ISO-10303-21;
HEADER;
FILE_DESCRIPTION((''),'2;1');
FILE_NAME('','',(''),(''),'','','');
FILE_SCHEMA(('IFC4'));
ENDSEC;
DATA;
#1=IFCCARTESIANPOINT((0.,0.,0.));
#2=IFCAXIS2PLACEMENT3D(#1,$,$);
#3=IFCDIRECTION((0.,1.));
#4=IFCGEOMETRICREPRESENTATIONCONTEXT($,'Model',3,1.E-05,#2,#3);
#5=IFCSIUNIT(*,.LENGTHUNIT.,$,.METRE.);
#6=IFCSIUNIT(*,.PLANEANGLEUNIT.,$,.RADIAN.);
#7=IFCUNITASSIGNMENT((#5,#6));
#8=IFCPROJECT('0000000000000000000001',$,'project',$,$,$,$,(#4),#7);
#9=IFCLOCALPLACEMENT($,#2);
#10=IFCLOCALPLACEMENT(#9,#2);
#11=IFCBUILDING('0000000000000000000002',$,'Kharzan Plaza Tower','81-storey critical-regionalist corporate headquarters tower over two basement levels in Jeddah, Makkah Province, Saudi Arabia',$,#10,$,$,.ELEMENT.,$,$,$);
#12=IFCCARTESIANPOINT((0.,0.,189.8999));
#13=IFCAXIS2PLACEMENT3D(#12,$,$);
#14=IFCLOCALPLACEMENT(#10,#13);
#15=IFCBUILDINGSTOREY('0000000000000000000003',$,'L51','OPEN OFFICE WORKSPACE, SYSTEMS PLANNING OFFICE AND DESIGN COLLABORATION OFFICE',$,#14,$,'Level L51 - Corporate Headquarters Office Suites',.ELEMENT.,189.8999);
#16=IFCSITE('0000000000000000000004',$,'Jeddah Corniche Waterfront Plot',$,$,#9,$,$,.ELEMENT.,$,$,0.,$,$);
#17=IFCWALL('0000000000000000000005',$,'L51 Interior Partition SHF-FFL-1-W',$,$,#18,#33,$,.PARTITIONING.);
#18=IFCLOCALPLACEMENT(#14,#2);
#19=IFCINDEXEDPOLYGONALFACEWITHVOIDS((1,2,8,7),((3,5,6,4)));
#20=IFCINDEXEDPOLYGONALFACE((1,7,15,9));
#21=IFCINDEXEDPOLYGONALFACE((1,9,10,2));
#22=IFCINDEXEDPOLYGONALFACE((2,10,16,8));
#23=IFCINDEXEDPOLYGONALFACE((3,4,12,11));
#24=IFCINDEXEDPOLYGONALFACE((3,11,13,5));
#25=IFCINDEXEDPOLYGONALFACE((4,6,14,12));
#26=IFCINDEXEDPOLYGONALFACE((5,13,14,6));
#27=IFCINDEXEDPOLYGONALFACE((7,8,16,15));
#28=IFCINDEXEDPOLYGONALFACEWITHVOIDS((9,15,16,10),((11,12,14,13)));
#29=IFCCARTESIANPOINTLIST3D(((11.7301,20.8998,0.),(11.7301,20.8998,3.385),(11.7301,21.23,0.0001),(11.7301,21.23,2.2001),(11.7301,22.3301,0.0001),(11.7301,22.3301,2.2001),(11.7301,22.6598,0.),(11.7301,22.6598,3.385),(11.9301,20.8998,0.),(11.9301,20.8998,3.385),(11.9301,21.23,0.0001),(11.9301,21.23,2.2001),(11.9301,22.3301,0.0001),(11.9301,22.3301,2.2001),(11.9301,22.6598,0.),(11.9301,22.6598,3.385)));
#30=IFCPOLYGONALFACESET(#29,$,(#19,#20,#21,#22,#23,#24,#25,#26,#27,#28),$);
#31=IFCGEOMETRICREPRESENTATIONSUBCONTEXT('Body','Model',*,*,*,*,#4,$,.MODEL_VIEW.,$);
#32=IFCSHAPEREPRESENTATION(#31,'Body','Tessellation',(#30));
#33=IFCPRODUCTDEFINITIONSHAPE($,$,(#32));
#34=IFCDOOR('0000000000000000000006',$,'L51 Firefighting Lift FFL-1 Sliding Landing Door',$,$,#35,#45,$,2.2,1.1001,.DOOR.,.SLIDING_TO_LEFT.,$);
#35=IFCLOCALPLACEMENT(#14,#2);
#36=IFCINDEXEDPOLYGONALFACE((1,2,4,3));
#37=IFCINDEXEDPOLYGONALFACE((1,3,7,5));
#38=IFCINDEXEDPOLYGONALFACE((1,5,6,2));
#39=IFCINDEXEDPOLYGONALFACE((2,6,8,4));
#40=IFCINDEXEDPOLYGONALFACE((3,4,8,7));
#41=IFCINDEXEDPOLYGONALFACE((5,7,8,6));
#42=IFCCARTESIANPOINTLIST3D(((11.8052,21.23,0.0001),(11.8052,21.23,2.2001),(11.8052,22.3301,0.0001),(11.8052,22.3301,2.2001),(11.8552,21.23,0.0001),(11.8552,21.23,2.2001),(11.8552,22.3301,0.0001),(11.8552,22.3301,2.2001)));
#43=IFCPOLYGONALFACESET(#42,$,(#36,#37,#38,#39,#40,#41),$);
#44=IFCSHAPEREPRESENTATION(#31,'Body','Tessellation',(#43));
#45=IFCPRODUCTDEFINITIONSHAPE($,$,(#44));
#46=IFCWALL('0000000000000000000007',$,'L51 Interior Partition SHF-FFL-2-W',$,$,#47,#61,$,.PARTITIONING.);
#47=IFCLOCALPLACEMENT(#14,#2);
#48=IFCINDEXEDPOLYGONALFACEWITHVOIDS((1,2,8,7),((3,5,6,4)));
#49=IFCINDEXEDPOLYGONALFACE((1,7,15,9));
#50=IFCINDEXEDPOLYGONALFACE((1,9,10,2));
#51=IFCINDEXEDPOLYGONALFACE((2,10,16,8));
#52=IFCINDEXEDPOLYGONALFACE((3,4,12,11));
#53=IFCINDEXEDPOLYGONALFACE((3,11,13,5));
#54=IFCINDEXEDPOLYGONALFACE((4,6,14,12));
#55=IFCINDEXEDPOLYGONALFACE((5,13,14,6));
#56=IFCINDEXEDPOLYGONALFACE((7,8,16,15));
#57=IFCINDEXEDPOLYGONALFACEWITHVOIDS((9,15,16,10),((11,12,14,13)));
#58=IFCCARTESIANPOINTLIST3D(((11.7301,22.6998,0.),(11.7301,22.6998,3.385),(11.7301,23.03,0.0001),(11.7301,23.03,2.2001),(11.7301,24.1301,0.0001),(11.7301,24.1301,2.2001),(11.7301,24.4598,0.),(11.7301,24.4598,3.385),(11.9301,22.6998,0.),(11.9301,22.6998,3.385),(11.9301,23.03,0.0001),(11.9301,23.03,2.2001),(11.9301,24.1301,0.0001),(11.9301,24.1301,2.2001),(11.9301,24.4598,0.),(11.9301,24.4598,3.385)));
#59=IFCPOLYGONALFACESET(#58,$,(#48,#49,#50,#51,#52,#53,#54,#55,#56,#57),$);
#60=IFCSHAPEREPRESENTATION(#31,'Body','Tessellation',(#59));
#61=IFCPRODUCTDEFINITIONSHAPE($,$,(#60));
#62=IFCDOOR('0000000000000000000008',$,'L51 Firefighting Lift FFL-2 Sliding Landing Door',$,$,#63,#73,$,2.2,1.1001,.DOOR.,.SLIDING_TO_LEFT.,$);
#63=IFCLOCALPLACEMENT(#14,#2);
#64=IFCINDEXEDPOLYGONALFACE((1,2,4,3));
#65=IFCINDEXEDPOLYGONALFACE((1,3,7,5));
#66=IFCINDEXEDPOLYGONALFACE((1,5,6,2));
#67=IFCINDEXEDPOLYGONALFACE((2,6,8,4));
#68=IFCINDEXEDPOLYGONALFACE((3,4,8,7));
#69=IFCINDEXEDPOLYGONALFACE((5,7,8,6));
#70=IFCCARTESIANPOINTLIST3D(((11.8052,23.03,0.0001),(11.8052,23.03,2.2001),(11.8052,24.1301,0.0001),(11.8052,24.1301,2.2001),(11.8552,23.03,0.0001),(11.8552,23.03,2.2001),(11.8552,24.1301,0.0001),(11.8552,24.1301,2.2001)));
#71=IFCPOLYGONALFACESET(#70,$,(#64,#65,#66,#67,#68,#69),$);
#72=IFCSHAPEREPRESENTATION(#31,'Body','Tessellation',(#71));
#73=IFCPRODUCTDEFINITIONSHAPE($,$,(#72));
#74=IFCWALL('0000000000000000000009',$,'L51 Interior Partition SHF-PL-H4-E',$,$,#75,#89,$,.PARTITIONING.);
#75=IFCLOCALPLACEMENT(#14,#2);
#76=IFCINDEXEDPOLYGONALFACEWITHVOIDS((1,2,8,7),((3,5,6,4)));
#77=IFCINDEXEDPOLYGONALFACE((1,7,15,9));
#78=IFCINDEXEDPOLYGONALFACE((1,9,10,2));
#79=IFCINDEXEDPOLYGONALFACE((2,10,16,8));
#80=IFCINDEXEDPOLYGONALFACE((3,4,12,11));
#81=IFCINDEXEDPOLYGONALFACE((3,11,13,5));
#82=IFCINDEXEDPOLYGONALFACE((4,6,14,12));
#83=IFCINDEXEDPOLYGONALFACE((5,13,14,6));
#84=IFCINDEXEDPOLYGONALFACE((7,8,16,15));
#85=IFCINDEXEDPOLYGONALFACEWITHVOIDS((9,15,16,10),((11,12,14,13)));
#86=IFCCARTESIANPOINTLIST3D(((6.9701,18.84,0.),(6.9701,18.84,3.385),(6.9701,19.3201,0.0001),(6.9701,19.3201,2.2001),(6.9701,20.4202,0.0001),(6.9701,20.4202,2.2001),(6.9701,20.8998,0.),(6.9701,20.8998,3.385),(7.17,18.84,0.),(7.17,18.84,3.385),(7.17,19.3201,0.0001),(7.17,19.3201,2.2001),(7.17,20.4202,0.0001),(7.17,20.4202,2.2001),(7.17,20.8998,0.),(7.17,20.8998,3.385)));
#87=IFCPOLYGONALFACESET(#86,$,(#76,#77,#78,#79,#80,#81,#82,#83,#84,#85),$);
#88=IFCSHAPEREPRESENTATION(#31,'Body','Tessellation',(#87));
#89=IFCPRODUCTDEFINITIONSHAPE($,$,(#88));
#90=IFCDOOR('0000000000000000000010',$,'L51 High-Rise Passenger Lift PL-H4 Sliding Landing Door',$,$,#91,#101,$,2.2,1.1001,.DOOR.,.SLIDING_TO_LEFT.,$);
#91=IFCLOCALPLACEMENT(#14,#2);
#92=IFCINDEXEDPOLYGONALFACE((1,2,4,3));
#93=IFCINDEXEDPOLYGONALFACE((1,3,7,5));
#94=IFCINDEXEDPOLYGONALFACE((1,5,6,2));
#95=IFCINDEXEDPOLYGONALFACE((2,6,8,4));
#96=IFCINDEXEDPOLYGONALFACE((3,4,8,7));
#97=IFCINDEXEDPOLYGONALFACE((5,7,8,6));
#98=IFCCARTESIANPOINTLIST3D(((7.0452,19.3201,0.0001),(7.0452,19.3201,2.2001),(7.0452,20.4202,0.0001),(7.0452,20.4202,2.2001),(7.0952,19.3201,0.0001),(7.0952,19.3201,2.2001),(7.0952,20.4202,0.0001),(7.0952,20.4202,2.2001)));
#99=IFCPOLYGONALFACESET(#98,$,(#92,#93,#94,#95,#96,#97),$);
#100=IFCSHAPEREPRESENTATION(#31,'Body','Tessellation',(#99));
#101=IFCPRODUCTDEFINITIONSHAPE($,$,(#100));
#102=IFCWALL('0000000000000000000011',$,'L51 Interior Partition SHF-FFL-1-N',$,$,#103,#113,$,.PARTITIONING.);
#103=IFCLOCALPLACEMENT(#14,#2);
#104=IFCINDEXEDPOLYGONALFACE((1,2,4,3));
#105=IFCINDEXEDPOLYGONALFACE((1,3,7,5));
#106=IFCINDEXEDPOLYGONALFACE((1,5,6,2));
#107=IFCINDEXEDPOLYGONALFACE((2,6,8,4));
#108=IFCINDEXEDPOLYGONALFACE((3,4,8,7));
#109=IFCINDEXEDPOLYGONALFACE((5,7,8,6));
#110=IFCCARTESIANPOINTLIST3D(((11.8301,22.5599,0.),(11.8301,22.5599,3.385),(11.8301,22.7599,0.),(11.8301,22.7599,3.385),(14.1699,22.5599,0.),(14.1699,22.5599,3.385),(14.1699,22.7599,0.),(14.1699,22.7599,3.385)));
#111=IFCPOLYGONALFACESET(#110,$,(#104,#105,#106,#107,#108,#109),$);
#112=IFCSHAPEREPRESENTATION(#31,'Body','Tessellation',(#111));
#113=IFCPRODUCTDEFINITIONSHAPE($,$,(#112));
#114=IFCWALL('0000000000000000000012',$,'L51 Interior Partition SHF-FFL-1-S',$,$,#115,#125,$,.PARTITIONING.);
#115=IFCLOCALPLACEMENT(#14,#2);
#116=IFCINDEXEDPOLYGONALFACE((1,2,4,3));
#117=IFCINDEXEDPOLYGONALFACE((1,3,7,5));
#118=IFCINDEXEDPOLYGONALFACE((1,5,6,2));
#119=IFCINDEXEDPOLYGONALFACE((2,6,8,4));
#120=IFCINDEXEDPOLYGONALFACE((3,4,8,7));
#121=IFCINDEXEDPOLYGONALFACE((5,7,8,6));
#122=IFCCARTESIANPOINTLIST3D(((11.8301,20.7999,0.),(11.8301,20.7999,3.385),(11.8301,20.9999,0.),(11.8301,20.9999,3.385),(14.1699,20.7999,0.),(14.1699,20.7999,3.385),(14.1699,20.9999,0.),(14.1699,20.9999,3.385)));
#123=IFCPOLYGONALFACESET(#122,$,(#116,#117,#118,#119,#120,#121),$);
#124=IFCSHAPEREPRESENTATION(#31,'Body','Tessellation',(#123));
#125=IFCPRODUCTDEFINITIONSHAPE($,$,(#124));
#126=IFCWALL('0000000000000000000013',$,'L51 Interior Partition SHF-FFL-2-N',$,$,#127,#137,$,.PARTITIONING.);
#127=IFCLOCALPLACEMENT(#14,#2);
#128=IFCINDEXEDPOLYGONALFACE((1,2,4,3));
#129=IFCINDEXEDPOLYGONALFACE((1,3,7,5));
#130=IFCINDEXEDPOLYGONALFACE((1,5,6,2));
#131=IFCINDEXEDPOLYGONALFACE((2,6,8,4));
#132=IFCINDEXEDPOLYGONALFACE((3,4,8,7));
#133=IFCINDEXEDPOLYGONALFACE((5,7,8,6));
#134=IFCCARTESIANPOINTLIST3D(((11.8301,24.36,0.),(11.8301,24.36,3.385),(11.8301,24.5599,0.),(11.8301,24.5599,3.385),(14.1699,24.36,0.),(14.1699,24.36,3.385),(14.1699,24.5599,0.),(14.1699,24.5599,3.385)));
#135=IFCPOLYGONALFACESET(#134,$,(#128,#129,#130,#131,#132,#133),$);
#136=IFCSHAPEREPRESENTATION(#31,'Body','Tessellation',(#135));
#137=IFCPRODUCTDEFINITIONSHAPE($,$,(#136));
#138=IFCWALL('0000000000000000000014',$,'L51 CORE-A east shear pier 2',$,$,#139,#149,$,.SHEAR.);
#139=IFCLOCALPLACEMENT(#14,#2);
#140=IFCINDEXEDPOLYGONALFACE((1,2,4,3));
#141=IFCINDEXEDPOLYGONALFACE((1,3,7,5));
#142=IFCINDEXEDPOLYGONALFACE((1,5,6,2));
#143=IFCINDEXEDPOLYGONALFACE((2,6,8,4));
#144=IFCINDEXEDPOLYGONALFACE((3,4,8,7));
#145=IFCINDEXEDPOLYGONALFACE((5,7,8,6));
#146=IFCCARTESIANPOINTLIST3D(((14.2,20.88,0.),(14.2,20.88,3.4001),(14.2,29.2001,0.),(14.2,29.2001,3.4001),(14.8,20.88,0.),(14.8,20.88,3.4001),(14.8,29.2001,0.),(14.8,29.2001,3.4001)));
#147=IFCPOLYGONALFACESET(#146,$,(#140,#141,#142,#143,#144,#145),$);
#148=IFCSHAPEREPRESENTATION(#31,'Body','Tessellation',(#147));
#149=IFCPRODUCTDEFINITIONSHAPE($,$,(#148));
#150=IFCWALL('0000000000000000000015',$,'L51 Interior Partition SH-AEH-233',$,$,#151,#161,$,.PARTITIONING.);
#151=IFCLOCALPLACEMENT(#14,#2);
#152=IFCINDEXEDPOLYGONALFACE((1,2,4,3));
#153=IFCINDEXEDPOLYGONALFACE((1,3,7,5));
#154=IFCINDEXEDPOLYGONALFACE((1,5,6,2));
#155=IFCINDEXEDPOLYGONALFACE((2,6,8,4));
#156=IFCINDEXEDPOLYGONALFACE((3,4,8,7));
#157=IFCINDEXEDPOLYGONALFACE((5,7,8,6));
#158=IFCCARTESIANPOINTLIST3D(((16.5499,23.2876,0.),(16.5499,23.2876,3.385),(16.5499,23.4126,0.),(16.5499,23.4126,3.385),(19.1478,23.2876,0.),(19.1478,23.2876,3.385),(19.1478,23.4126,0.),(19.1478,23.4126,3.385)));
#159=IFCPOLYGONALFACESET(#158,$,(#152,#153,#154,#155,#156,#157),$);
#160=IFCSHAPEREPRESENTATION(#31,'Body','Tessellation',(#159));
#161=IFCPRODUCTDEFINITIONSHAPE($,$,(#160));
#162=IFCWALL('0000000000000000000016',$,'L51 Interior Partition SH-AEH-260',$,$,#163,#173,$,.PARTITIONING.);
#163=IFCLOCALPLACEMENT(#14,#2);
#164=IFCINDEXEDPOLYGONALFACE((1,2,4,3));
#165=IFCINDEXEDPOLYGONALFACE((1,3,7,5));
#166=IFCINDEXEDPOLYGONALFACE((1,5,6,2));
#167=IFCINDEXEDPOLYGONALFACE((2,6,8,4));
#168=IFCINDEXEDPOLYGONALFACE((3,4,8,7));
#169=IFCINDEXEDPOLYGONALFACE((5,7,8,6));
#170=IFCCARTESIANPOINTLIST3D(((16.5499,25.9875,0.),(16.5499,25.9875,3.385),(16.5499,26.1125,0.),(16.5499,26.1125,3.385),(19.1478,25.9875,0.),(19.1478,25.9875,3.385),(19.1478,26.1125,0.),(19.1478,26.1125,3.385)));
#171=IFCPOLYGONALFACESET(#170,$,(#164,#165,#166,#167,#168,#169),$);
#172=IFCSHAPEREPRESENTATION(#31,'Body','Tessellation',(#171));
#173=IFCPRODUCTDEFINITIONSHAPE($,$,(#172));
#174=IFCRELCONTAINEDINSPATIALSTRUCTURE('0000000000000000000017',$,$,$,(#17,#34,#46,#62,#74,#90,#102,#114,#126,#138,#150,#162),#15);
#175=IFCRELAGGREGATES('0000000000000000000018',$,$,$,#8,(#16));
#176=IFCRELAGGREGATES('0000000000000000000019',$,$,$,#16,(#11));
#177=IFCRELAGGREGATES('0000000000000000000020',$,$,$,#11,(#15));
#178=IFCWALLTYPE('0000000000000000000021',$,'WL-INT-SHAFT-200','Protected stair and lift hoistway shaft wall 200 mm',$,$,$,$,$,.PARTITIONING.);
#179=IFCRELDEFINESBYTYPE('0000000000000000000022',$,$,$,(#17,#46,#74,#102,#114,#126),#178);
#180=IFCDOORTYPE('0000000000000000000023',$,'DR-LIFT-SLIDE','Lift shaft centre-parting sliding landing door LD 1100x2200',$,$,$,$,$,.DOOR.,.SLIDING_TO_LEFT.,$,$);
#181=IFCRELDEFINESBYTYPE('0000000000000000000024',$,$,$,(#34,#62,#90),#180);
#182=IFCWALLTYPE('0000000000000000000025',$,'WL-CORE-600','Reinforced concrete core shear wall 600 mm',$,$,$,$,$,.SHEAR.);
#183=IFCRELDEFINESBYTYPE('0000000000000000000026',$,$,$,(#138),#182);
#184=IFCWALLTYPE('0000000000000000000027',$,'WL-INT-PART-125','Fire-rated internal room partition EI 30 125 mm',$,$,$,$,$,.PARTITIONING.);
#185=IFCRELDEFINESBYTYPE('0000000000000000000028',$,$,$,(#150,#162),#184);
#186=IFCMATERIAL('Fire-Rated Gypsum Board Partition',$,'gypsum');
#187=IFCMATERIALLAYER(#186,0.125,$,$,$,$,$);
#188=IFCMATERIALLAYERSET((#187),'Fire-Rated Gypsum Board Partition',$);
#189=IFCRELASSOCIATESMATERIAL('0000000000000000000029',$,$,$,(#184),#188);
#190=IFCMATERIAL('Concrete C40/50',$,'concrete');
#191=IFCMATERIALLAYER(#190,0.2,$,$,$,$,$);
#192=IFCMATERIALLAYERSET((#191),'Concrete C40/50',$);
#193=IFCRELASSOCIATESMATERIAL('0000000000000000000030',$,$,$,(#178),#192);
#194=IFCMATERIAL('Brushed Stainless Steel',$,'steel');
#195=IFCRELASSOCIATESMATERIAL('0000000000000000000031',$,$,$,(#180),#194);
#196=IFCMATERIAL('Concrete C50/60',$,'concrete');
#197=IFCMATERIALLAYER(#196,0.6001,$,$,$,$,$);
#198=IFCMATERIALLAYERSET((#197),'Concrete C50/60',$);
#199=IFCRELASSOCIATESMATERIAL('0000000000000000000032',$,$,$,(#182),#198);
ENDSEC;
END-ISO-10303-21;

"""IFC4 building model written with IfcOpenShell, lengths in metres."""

from ifc_helpers import new_model, si_unit, direction, frame, frame_2d, origin, place, context, subcontext, project, spatial, rectangle, extrude, source, transform, mapped, material, layer, layer_set, type_object, element, fill, save


model = new_model("IFC4")

# Units and contexts
model_context = context("Model", 3, precision=1e-05, world=origin(), true_north=direction((0.0, 1.0)))
body_context = subcontext(model_context, "Body", "Model", "MODEL_VIEW")
ifc_project = project(units=[si_unit("LENGTHUNIT", "METRE"), si_unit("PLANEANGLEUNIT", "RADIAN")], contexts=[model_context])

# Site, building, storey
site_placement = place(None, origin())
site = spatial("IfcSite", under=ifc_project, at=site_placement, Name="Jeddah Corniche Waterfront Plot", CompositionType="ELEMENT", RefElevation=0.0)
building_placement = place(site_placement, origin())
building = spatial("IfcBuilding", under=site, at=building_placement, Name="Kharzan Plaza Tower", Description="81-storey critical-regionalist corporate headquarters tower over two basement levels in Jeddah, Makkah Province, Saudi Arabia", CompositionType="ELEMENT")
storey_placement = place(building_placement, frame((0.0, 0.0, 189.8999)))
storey = spatial("IfcBuildingStorey", under=building, at=storey_placement, Name="L51", Description="OPEN OFFICE WORKSPACE, SYSTEMS PLANNING OFFICE AND DESIGN COLLABORATION OFFICE", LongName="Level L51 - Corporate Headquarters Office Suites", CompositionType="ELEMENT", Elevation=189.8999)

# Walls, openings, doors
ifc_material_1 = material(Name="Concrete C40/50", Category="concrete")
ifc_material_2 = material(Name="Fire-Rated Gypsum Board Partition", Category="gypsum")
ifc_layer_1 = layer(ifc_material_2, 0.125)
ifc_layer_set_1 = layer_set([ifc_layer_1], Name="Fire-Rated Gypsum Board Partition")
wall_type_1 = type_object("IfcWallType", Name="WL-INT-PART-125", Description="Fire-rated internal room partition EI 30 125 mm", PredefinedType="PARTITIONING", material=ifc_layer_set_1)
ifc_layer_2 = layer(ifc_material_1, 0.2)
ifc_layer_set_2 = layer_set([ifc_layer_2], Name="Concrete C40/50")
wall_type_2 = type_object("IfcWallType", Name="WL-INT-SHAFT-200", Description="Protected stair and lift hoistway shaft wall 200 mm", PredefinedType="PARTITIONING", material=ifc_layer_set_2)
wall_1_placement = place(storey_placement, frame((11.8301, 20.8999, 0.0), z_axis=(0.0, 0.0, 1.0), x_axis=(0.0, 1.0, 0.0)))
wall_1 = element("IfcWall", 1, at=wall_1_placement, inside=storey, type_object=wall_type_2, Name="L51 Interior Partition SHF-FFL-1-W", PredefinedType="PARTITIONING", context=body_context, shape_type="SweptSolid", body=[
    extrude(rectangle(XDim=1.76, YDim=0.2, at=frame_2d((0.8799, 0.0))), origin(), (0.0, 0.0, 1.0), 3.385),
])
opening_1_placement = place(wall_1_placement, frame((0.3301, 0.0, 0.0)))
opening_1 = element("IfcOpeningElement", 2, at=opening_1_placement, cuts=wall_1, PredefinedType="OPENING", context=body_context, shape_type="SweptSolid", body=[
    extrude(rectangle(XDim=1.1001, YDim=2.2, at=frame_2d((0.55, 1.1001))), frame((0.0, 0.1099, 0.0), z_axis=(0.0, -1.0, 0.0), x_axis=(1.0, 0.0, 0.0)), (0.0, 0.0, 1.0), 0.22),
])
ifc_material_3 = material(Name="Brushed Stainless Steel", Category="steel")
door_type_1 = type_object("IfcDoorType", Name="DR-LIFT-SLIDE", Description="Lift shaft centre-parting sliding landing door LD 1100x2200", OperationType="SLIDING_TO_LEFT", PredefinedType="DOOR", material=ifc_material_3)
shared_shape_1 = source(origin(), body_context, "Body", "SweptSolid", [
    extrude(rectangle(XDim=1.1001, YDim=2.2, at=frame_2d((0.55, 1.1001))), frame((0.0, 0.0249, 0.0), z_axis=(0.0, -1.0, 0.0), x_axis=(1.0, 0.0, 0.0)), (0.0, 0.0, 1.0), 0.05),
])
door_1_placement = place(opening_1_placement, origin())
door_1 = element("IfcDoor", 3, at=door_1_placement, inside=storey, type_object=door_type_1, Name="L51 Firefighting Lift FFL-1 Sliding Landing Door", OperationType="SLIDING_TO_LEFT", OverallHeight=2.2, OverallWidth=1.1001, PredefinedType="DOOR", context=body_context, shape_type="MappedRepresentation", body=[
    mapped(shared_shape_1, transform((0.0, 0.0, 0.0), x_axis=(1.0, 0.0, 0.0), y_axis=(0.0, 1.0, 0.0), z_axis=(0.0, 0.0, 1.0))),
])
fill(opening_1, door_1)
wall_2_placement = place(storey_placement, frame((11.8301, 22.7, 0.0), z_axis=(0.0, 0.0, 1.0), x_axis=(0.0, 1.0, 0.0)))
wall_2 = element("IfcWall", 4, at=wall_2_placement, inside=storey, type_object=wall_type_2, Name="L51 Interior Partition SHF-FFL-2-W", PredefinedType="PARTITIONING", context=body_context, shape_type="SweptSolid", body=[
    extrude(rectangle(XDim=1.76, YDim=0.2, at=frame_2d((0.8799, 0.0))), origin(), (0.0, 0.0, 1.0), 3.385),
])
opening_2_placement = place(wall_2_placement, frame((0.3301, 0.0, 0.0)))
opening_2 = element("IfcOpeningElement", 5, at=opening_2_placement, cuts=wall_2, PredefinedType="OPENING", context=body_context, shape_type="SweptSolid", body=[
    extrude(rectangle(XDim=1.1001, YDim=2.2, at=frame_2d((0.55, 1.1001))), frame((0.0, 0.1099, 0.0), z_axis=(0.0, -1.0, 0.0), x_axis=(1.0, 0.0, 0.0)), (0.0, 0.0, 1.0), 0.22),
])
door_2_placement = place(opening_2_placement, origin())
door_2 = element("IfcDoor", 6, at=door_2_placement, inside=storey, type_object=door_type_1, Name="L51 Firefighting Lift FFL-2 Sliding Landing Door", OperationType="SLIDING_TO_LEFT", OverallHeight=2.2, OverallWidth=1.1001, PredefinedType="DOOR", context=body_context, shape_type="MappedRepresentation", body=[
    mapped(shared_shape_1, transform((0.0, 0.0, 0.0), x_axis=(1.0, 0.0, 0.0), y_axis=(0.0, 1.0, 0.0), z_axis=(0.0, 0.0, 1.0))),
])
fill(opening_2, door_2)
wall_3_placement = place(storey_placement, frame((7.0701, 18.8401, 0.0), z_axis=(0.0, 0.0, 1.0), x_axis=(0.0, 1.0, 0.0)))
wall_3 = element("IfcWall", 7, at=wall_3_placement, inside=storey, type_object=wall_type_2, Name="L51 Interior Partition SHF-PL-H4-E", PredefinedType="PARTITIONING", context=body_context, shape_type="SweptSolid", body=[
    extrude(rectangle(XDim=2.0598, YDim=0.2, at=frame_2d((1.0298, 0.0))), origin(), (0.0, 0.0, 1.0), 3.385),
])
opening_3_placement = place(wall_3_placement, frame((0.48, 0.0, 0.0)))
opening_3 = element("IfcOpeningElement", 8, at=opening_3_placement, cuts=wall_3, PredefinedType="OPENING", context=body_context, shape_type="SweptSolid", body=[
    extrude(rectangle(XDim=1.1001, YDim=2.2, at=frame_2d((0.55, 1.1001))), frame((0.0, 0.1099, 0.0), z_axis=(0.0, -1.0, 0.0), x_axis=(1.0, 0.0, 0.0)), (0.0, 0.0, 1.0), 0.22),
])
door_3_placement = place(opening_3_placement, origin())
door_3 = element("IfcDoor", 9, at=door_3_placement, inside=storey, type_object=door_type_1, Name="L51 High-Rise Passenger Lift PL-H4 Sliding Landing Door", OperationType="SLIDING_TO_LEFT", OverallHeight=2.2, OverallWidth=1.1001, PredefinedType="DOOR", context=body_context, shape_type="MappedRepresentation", body=[
    mapped(shared_shape_1, transform((0.0, 0.0, 0.0), x_axis=(1.0, 0.0, 0.0), y_axis=(0.0, 1.0, 0.0), z_axis=(0.0, 0.0, 1.0))),
])
fill(opening_3, door_3)

# Walls
shared_shape_2 = source(origin(), body_context, "Body", "SweptSolid", [
    extrude(rectangle(XDim=2.3398, YDim=0.2, at=frame_2d((1.1699, 0.0))), origin(), (0.0, 0.0, 1.0), 3.385),
])
for number, where, z_axis, x_axis, name in (
    (10, (11.8301, 22.6599, 0.0), (0.0, 0.0, 1.0), (1.0, 0.0, 0.0), "L51 Interior Partition SHF-FFL-1-N"),
    (11, (11.8301, 20.8999, 0.0), (0.0, 0.0, 1.0), (1.0, 0.0, 0.0), "L51 Interior Partition SHF-FFL-1-S"),
    (12, (11.8301, 24.46, 0.0), (0.0, 0.0, 1.0), (1.0, 0.0, 0.0), "L51 Interior Partition SHF-FFL-2-N"),
):
    element("IfcWall", number, at=place(storey_placement, frame(where, z_axis=z_axis, x_axis=x_axis)), inside=storey, type_object=wall_type_2, Name=name, PredefinedType="PARTITIONING", context=body_context, shape_type="MappedRepresentation", body=[
        mapped(shared_shape_2, transform((0.0, 0.0, 0.0), x_axis=(1.0, 0.0, 0.0), y_axis=(0.0, 1.0, 0.0), z_axis=(0.0, 0.0, 1.0))),
    ])
ifc_material_4 = material(Name="Concrete C50/60", Category="concrete")
ifc_layer_3 = layer(ifc_material_4, 0.6001)
ifc_layer_set_3 = layer_set([ifc_layer_3], Name="Concrete C50/60")
wall_type_3 = type_object("IfcWallType", Name="WL-CORE-600", Description="Reinforced concrete core shear wall 600 mm", PredefinedType="SHEAR", material=ifc_layer_set_3)
shared_shape_3 = source(origin(), body_context, "Body", "SweptSolid", [
    extrude(rectangle(XDim=8.3201, YDim=0.6001, at=frame_2d((4.1602, 0.0))), origin(), (0.0, 0.0, 1.0), 3.4001),
])
wall_4_placement = place(storey_placement, frame((14.5, 20.8799, 0.0), z_axis=(0.0, 0.0, 1.0), x_axis=(0.0, 1.0, 0.0)))
element("IfcWall", 13, at=wall_4_placement, inside=storey, type_object=wall_type_3, Name="L51 CORE-A east shear pier 2", PredefinedType="SHEAR", context=body_context, shape_type="MappedRepresentation", body=[
    mapped(shared_shape_3, transform((0.0, 0.0, 0.0), x_axis=(1.0, 0.0, 0.0), y_axis=(0.0, 1.0, 0.0), z_axis=(0.0, 0.0, 1.0))),
])
shared_shape_4 = source(origin(), body_context, "Body", "SweptSolid", [
    extrude(rectangle(XDim=2.5979, YDim=0.125, at=frame_2d((1.2988, 0.0))), origin(), (0.0, 0.0, 1.0), 3.385),
])
for number, where, z_axis, x_axis, name in (
    (14, (16.55, 23.3501, 0.0), (0.0, 0.0, 1.0), (1.0, 0.0, 0.0), "L51 Interior Partition SH-AEH-233"),
    (15, (16.55, 26.05, 0.0), (0.0, 0.0, 1.0), (1.0, 0.0, 0.0), "L51 Interior Partition SH-AEH-260"),
):
    element("IfcWall", number, at=place(storey_placement, frame(where, z_axis=z_axis, x_axis=x_axis)), inside=storey, type_object=wall_type_1, Name=name, PredefinedType="PARTITIONING", context=body_context, shape_type="MappedRepresentation", body=[
        mapped(shared_shape_4, transform((0.0, 0.0, 0.0), x_axis=(1.0, 0.0, 0.0), y_axis=(0.0, 1.0, 0.0), z_axis=(0.0, 0.0, 1.0))),
    ])

save(model, "model.ifc")
